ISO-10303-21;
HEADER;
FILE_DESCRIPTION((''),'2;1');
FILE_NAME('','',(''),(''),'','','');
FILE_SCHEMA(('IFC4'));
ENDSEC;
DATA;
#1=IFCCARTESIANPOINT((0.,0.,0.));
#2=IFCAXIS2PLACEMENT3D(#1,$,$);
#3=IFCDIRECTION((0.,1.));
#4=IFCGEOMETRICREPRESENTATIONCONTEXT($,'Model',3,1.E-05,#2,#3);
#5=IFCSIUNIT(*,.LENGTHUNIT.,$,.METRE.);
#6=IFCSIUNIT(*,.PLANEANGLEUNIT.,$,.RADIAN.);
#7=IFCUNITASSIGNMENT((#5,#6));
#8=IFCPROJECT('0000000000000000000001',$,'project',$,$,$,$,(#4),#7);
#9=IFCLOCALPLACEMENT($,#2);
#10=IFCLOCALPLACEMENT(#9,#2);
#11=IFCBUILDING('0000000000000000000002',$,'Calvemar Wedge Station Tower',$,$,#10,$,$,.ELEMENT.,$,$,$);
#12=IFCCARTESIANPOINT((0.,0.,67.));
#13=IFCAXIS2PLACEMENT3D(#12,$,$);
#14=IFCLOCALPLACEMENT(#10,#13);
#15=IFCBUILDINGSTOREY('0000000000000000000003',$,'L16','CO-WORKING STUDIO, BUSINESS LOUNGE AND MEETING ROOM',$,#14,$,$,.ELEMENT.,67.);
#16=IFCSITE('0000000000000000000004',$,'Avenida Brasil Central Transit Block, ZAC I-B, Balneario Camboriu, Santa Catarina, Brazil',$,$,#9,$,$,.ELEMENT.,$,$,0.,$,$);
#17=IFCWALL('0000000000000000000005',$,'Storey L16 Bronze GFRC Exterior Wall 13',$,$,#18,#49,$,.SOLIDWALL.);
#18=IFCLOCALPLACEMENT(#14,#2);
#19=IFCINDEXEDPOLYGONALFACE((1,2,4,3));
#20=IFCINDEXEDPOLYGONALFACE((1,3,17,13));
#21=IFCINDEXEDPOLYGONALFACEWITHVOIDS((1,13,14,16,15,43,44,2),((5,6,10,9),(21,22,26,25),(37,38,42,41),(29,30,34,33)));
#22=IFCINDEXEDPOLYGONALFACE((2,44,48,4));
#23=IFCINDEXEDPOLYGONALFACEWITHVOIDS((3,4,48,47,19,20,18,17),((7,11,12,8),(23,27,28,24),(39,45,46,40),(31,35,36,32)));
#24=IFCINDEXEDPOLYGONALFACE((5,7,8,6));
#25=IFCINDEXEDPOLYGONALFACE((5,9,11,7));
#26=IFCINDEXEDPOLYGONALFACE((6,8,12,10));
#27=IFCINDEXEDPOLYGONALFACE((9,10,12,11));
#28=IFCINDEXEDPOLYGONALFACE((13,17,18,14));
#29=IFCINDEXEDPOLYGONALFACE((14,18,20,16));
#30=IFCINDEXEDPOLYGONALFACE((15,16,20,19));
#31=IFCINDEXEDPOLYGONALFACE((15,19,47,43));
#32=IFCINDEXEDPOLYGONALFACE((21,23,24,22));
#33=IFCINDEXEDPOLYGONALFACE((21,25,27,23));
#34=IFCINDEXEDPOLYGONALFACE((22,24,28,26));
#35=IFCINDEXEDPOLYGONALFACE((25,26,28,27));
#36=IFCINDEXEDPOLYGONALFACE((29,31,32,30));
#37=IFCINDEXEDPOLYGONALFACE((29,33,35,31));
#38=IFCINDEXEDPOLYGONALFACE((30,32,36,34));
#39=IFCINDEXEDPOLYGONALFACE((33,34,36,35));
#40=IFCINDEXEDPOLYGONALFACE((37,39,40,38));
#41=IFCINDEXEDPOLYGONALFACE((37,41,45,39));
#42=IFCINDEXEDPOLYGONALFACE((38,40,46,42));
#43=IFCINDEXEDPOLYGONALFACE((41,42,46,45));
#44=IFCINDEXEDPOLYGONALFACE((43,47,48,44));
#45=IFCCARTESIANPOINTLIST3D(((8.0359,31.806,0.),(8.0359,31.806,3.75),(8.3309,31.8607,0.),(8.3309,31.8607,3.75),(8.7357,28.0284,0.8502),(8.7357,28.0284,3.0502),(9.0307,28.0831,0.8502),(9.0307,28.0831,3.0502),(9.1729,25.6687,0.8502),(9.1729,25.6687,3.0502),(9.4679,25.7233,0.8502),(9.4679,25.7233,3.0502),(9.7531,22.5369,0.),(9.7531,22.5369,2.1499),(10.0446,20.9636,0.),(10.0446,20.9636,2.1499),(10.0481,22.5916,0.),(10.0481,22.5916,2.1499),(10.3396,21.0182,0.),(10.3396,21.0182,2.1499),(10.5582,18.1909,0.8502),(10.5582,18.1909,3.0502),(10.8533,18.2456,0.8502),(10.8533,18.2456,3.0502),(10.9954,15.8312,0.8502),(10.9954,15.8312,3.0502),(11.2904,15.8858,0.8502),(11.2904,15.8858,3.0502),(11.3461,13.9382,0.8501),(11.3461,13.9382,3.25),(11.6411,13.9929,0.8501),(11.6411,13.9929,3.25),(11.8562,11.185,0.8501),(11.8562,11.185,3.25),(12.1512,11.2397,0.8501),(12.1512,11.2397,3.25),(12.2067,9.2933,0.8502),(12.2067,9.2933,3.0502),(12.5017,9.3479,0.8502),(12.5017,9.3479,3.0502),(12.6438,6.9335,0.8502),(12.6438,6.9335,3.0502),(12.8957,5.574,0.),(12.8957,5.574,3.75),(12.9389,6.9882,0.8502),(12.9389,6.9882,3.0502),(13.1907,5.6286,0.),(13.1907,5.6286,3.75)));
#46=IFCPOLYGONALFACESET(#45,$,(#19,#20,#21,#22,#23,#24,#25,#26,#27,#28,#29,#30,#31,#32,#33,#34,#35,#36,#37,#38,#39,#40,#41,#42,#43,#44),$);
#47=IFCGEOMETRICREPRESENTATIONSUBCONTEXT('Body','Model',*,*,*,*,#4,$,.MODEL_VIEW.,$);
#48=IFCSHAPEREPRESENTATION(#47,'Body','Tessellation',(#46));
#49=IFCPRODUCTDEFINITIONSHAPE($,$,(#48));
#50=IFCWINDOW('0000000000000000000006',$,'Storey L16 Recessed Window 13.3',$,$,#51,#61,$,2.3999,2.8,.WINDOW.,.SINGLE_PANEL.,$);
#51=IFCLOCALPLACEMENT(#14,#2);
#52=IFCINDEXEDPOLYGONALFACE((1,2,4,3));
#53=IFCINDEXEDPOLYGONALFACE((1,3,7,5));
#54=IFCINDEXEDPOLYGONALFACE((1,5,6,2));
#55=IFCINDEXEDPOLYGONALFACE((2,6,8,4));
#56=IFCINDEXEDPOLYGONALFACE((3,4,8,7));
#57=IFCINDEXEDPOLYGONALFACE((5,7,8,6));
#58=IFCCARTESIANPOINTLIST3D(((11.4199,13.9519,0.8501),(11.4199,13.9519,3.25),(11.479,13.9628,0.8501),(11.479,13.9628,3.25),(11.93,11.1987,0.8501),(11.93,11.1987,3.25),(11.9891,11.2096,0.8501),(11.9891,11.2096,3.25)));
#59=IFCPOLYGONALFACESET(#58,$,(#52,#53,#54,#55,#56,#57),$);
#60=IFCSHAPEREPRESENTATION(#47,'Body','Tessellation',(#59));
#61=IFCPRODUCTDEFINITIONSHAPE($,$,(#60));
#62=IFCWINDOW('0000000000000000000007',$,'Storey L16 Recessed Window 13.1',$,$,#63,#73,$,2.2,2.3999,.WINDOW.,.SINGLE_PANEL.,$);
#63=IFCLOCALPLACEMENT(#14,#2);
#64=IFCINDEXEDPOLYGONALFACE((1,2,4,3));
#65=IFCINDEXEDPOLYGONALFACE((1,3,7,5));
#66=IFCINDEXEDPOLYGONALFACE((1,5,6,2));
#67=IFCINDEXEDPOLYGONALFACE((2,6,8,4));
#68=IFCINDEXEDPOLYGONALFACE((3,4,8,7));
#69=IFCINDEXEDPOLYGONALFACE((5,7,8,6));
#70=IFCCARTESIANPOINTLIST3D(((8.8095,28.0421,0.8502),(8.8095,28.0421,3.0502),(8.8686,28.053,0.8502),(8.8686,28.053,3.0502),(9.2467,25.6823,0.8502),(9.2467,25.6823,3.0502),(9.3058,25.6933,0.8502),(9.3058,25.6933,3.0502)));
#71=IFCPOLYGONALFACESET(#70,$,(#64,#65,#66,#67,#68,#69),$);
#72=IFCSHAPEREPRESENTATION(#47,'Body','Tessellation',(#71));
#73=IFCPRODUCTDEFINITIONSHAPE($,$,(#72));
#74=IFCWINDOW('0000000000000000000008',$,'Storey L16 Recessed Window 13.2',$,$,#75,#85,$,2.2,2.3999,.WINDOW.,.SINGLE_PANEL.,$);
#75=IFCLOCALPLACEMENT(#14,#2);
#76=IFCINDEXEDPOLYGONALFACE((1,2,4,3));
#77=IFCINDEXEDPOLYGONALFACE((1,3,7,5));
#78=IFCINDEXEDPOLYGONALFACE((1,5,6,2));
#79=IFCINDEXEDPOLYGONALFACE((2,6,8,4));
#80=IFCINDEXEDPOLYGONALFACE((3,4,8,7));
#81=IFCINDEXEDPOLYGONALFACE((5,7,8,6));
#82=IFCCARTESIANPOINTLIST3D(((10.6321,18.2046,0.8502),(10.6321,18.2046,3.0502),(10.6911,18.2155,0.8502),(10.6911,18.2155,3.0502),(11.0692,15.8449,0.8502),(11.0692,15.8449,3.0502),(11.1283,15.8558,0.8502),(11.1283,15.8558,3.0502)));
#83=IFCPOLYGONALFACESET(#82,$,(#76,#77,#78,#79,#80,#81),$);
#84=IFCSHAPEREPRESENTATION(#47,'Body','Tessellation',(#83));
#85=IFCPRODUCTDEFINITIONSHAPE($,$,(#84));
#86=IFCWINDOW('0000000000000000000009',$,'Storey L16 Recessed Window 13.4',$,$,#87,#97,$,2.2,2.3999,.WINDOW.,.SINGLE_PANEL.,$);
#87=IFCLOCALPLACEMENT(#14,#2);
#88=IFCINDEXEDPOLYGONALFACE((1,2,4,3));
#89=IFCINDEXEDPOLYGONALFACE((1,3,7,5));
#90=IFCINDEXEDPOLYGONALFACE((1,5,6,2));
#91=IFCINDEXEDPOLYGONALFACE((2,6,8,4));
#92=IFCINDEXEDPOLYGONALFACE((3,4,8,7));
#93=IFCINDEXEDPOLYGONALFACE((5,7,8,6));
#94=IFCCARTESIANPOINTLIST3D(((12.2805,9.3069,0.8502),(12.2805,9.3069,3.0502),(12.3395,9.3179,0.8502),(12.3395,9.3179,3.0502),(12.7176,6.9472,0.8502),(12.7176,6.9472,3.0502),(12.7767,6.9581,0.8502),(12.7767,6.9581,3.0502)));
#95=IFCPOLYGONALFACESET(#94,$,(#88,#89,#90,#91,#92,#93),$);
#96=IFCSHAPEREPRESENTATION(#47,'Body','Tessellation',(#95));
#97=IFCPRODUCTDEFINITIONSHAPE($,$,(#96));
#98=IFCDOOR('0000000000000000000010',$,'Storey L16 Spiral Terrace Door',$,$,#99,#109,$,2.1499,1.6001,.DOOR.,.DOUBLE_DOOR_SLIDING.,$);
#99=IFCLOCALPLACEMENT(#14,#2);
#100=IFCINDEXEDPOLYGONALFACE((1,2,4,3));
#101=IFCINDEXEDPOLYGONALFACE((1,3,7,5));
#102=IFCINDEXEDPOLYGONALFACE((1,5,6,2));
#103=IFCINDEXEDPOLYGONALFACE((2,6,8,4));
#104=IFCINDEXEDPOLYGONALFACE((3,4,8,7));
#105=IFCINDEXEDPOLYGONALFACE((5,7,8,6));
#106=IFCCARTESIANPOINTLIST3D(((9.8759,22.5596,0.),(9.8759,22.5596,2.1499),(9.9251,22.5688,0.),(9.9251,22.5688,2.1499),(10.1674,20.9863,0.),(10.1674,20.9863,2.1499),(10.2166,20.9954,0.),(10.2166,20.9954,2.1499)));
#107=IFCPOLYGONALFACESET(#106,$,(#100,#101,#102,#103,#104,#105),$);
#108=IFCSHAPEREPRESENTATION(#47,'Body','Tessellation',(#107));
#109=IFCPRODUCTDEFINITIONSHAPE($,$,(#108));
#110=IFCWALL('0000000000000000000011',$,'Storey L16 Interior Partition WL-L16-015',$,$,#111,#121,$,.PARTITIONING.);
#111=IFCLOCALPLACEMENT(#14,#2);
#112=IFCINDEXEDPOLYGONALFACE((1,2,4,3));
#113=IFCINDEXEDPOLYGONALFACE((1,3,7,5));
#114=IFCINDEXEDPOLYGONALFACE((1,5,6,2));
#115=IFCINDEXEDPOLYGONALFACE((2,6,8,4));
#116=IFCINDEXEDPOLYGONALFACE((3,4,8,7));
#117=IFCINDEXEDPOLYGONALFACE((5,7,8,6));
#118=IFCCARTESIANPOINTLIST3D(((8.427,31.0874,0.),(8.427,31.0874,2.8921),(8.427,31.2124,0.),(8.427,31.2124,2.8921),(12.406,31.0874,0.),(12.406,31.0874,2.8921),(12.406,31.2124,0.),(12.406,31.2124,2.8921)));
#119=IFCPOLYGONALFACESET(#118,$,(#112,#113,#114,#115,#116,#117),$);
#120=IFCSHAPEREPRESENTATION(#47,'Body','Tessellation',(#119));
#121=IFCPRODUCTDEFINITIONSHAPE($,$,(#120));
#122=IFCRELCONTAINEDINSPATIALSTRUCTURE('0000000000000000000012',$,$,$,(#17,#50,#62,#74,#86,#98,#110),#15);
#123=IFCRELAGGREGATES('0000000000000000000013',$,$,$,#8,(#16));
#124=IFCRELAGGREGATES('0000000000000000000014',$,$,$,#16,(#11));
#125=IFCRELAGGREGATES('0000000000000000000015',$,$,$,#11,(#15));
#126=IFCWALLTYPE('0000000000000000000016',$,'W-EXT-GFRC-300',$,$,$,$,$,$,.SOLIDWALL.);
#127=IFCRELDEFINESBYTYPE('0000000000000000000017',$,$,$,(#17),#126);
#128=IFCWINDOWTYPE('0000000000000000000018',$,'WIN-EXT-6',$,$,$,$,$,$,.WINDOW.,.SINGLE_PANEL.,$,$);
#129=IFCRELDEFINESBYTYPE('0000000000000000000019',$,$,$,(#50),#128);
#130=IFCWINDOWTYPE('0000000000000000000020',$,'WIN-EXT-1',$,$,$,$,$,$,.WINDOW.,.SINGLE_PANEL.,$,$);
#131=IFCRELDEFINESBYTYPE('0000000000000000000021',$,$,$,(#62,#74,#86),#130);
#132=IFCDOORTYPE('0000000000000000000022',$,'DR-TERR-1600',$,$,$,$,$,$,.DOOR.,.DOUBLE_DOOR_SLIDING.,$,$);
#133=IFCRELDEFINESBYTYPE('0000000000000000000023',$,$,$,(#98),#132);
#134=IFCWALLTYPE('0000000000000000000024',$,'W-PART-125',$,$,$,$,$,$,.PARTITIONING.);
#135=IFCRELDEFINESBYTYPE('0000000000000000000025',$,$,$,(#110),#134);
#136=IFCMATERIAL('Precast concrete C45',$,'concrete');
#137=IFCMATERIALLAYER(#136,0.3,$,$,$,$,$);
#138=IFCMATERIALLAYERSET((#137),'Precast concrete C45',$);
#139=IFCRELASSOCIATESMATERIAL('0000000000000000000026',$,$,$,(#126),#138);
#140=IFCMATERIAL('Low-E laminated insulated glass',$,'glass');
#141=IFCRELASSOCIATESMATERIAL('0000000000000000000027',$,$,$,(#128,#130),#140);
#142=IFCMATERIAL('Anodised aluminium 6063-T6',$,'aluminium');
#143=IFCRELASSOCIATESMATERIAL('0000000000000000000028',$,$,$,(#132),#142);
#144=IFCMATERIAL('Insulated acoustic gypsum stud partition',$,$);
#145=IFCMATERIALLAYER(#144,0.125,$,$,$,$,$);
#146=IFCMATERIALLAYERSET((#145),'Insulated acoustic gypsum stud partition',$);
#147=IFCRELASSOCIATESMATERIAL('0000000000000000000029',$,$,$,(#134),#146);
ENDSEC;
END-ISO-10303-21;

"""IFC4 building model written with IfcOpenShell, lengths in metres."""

from ifc_helpers import new_model, si_unit, direction, frame, frame_2d, origin, place, context, subcontext, project, spatial, rectangle, extrude, source, transform, mapped, material, layer, layer_set, type_object, element, fill, save


model = new_model("IFC4")

# Units and contexts
model_context = context("Model", 3, precision=1e-05, world=origin(), true_north=direction((0.0, 1.0)))
body_context = subcontext(model_context, "Body", "Model", "MODEL_VIEW")
ifc_project = project(units=[si_unit("LENGTHUNIT", "METRE"), si_unit("PLANEANGLEUNIT", "RADIAN")], contexts=[model_context])

# Site, building, storey
site_placement = place(None, origin())
site = spatial("IfcSite", under=ifc_project, at=site_placement, Name="Avenida Brasil Central Transit Block, ZAC I-B, Balneario Camboriu, Santa Catarina, Brazil", CompositionType="ELEMENT", RefElevation=0.0)
building_placement = place(site_placement, origin())
building = spatial("IfcBuilding", under=site, at=building_placement, Name="Calvemar Wedge Station Tower", CompositionType="ELEMENT")
storey_placement = place(building_placement, frame((0.0, 0.0, 67.0)))
storey = spatial("IfcBuildingStorey", under=building, at=storey_placement, Name="L16", Description="CO-WORKING STUDIO, BUSINESS LOUNGE AND MEETING ROOM", CompositionType="ELEMENT", Elevation=67.0)

# Shared definitions
ifc_material_1 = material(Name="Precast concrete C45", Category="concrete")

# Wall, openings, windows, door
ifc_layer_1 = layer(ifc_material_1, 0.3)
ifc_layer_set_1 = layer_set([ifc_layer_1], Name="Precast concrete C45")
wall_type_1 = type_object("IfcWallType", Name="W-EXT-GFRC-300", PredefinedType="SOLIDWALL", material=ifc_layer_set_1)
wall_1_placement = place(storey_placement, frame((8.1833, 31.8335, 0.0), z_axis=(0.0, 0.0, 1.0), x_axis=(0.182164, -0.983268, 0.0)))
wall_1 = element("IfcWall", 1, at=wall_1_placement, inside=storey, type_object=wall_type_1, Name="Storey L16 Bronze GFRC Exterior Wall 13", PredefinedType="SOLIDWALL", context=body_context, shape_type="SweptSolid", body=[
    extrude(rectangle(XDim=26.6785, YDim=0.3, at=frame_2d((13.3394, 0.0))), origin(), (0.0, 0.0, 1.0), 3.75),
])
shared_shape_1 = source(origin(), body_context, "Body", "SweptSolid", [
    extrude(rectangle(XDim=1.6001, YDim=2.1499, at=frame_2d((0.8, 1.075))), frame((0.0, 0.1602, 0.0), z_axis=(0.0, -1.0, 0.0), x_axis=(1.0, 0.0, 0.0)), (0.0, 0.0, 1.0), 0.3201),
])
opening_1_placement = place(wall_1_placement, frame((9.427, 0.0, 0.0)))
opening_1 = element("IfcOpeningElement", 2, at=opening_1_placement, cuts=wall_1, PredefinedType="OPENING", context=body_context, shape_type="MappedRepresentation", body=[
    mapped(shared_shape_1, transform((0.0, 0.0, 0.0), scale=1.0)),
])
shared_shape_2 = source(origin(), body_context, "Body", "SweptSolid", [
    extrude(rectangle(XDim=2.3999, YDim=2.2, at=frame_2d((1.2, 1.1001))), frame((0.0, 0.1602, 0.0), z_axis=(0.0, -1.0, 0.0), x_axis=(1.0, 0.0, 0.0)), (0.0, 0.0, 1.0), 0.3201),
])
opening_2_placement = place(wall_1_placement, frame((3.842, 0.0, 0.8501)))
opening_2 = element("IfcOpeningElement", 3, at=opening_2_placement, cuts=wall_1, PredefinedType="OPENING", context=body_context, shape_type="MappedRepresentation", body=[
    mapped(shared_shape_2, transform((0.0, 0.0, 0.0), scale=1.0)),
])
opening_3_placement = place(wall_1_placement, frame((13.8469, 0.0, 0.8501)))
opening_3 = element("IfcOpeningElement", 4, at=opening_3_placement, cuts=wall_1, PredefinedType="OPENING", context=body_context, shape_type="MappedRepresentation", body=[
    mapped(shared_shape_2, transform((0.0, 0.0, 0.0), scale=1.0)),
])
shared_shape_3 = source(origin(), body_context, "Body", "SweptSolid", [
    extrude(rectangle(XDim=2.8, YDim=2.3999, at=frame_2d((1.3999, 1.2))), frame((0.0, 0.1602, 0.0), z_axis=(0.0, -1.0, 0.0), x_axis=(1.0, 0.0, 0.0)), (0.0, 0.0, 1.0), 0.3201),
])
opening_4_placement = place(wall_1_placement, frame((18.1721, 0.0, 0.8501)))
opening_4 = element("IfcOpeningElement", 5, at=opening_4_placement, cuts=wall_1, PredefinedType="OPENING", context=body_context, shape_type="MappedRepresentation", body=[
    mapped(shared_shape_3, transform((0.0, 0.0, 0.0), scale=1.0)),
])
opening_5_placement = place(wall_1_placement, frame((22.896, 0.0, 0.8501)))
opening_5 = element("IfcOpeningElement", 6, at=opening_5_placement, cuts=wall_1, PredefinedType="OPENING", context=body_context, shape_type="MappedRepresentation", body=[
    mapped(shared_shape_2, transform((0.0, 0.0, 0.0), scale=1.0)),
])
ifc_material_2 = material(Name="Low-E laminated insulated glass", Category="glass")
window_type_1 = type_object("IfcWindowType", Name="WIN-EXT-6", PartitioningType="SINGLE_PANEL", PredefinedType="WINDOW", material=ifc_material_2)
shared_shape_4 = source(origin(), body_context, "Body", "SweptSolid", [
    extrude(rectangle(XDim=2.8, YDim=2.3999, at=frame_2d((1.3999, 1.2))), frame((0.0, -0.0149, 0.0), z_axis=(0.0, -1.0, 0.0), x_axis=(1.0, 0.0, 0.0)), (0.0, 0.0, 1.0), 0.0601),
])
window_1_placement = place(opening_4_placement, origin())
window_1 = element("IfcWindow", 7, at=window_1_placement, inside=storey, type_object=window_type_1, Name="Storey L16 Recessed Window 13.3", OverallHeight=2.3999, OverallWidth=2.8, PartitioningType="SINGLE_PANEL", PredefinedType="WINDOW", context=body_context, shape_type="MappedRepresentation", body=[
    mapped(shared_shape_4, transform((0.0, 0.0, 0.0), scale=1.0)),
])
fill(opening_4, window_1)
window_type_2 = type_object("IfcWindowType", Name="WIN-EXT-1", PartitioningType="SINGLE_PANEL", PredefinedType="WINDOW", material=ifc_material_2)
shared_shape_5 = source(origin(), body_context, "Body", "SweptSolid", [
    extrude(rectangle(XDim=2.3999, YDim=2.2, at=frame_2d((1.2, 1.1001))), frame((0.0, -0.0149, 0.0), z_axis=(0.0, -1.0, 0.0), x_axis=(1.0, 0.0, 0.0)), (0.0, 0.0, 1.0), 0.0601),
])
window_2_placement = place(opening_2_placement, origin())
window_2 = element("IfcWindow", 8, at=window_2_placement, inside=storey, type_object=window_type_2, Name="Storey L16 Recessed Window 13.1", OverallHeight=2.2, OverallWidth=2.3999, PartitioningType="SINGLE_PANEL", PredefinedType="WINDOW", context=body_context, shape_type="MappedRepresentation", body=[
    mapped(shared_shape_5, transform((0.0, 0.0, 0.0), scale=1.0)),
])
fill(opening_2, window_2)
window_3_placement = place(opening_3_placement, origin())
window_3 = element("IfcWindow", 9, at=window_3_placement, inside=storey, type_object=window_type_2, Name="Storey L16 Recessed Window 13.2", OverallHeight=2.2, OverallWidth=2.3999, PartitioningType="SINGLE_PANEL", PredefinedType="WINDOW", context=body_context, shape_type="MappedRepresentation", body=[
    mapped(shared_shape_5, transform((0.0, 0.0, 0.0), scale=1.0)),
])
fill(opening_3, window_3)
window_4_placement = place(opening_5_placement, origin())
window_4 = element("IfcWindow", 10, at=window_4_placement, inside=storey, type_object=window_type_2, Name="Storey L16 Recessed Window 13.4", OverallHeight=2.2, OverallWidth=2.3999, PartitioningType="SINGLE_PANEL", PredefinedType="WINDOW", context=body_context, shape_type="MappedRepresentation", body=[
    mapped(shared_shape_5, transform((0.0, 0.0, 0.0), scale=1.0)),
])
fill(opening_5, window_4)
ifc_material_3 = material(Name="Anodised aluminium 6063-T6", Category="aluminium")
door_type = type_object("IfcDoorType", Name="DR-TERR-1600", OperationType="DOUBLE_DOOR_SLIDING", PredefinedType="DOOR", material=ifc_material_3)
shared_shape_6 = source(origin(), body_context, "Body", "SweptSolid", [
    extrude(rectangle(XDim=1.6001, YDim=2.1499, at=frame_2d((0.8, 1.075))), frame((0.0, 0.0249, 0.0), z_axis=(0.0, -1.0, 0.0), x_axis=(1.0, 0.0, 0.0)), (0.0, 0.0, 1.0), 0.05),
])
door_placement = place(opening_1_placement, origin())
door = element("IfcDoor", 11, at=door_placement, inside=storey, type_object=door_type, Name="Storey L16 Spiral Terrace Door", OperationType="DOUBLE_DOOR_SLIDING", OverallHeight=2.1499, OverallWidth=1.6001, PredefinedType="DOOR", context=body_context, shape_type="MappedRepresentation", body=[
    mapped(shared_shape_6, transform((0.0, 0.0, 0.0), scale=1.0)),
])
fill(opening_1, door)

# Wall
ifc_material_4 = material(Name="Insulated acoustic gypsum stud partition")
ifc_layer_2 = layer(ifc_material_4, 0.125)
ifc_layer_set_2 = layer_set([ifc_layer_2], Name="Insulated acoustic gypsum stud partition")
wall_type_2 = type_object("IfcWallType", Name="W-PART-125", PredefinedType="PARTITIONING", material=ifc_layer_set_2)
wall_2_placement = place(storey_placement, frame((12.406, 31.1499, 0.0), z_axis=(0.0, 0.0, 1.0), x_axis=(-1.0, 0.0, 0.0)))
element("IfcWall", 12, at=wall_2_placement, inside=storey, type_object=wall_type_2, Name="Storey L16 Interior Partition WL-L16-015", PredefinedType="PARTITIONING", context=body_context, shape_type="SweptSolid", body=[
    extrude(rectangle(XDim=3.979, YDim=0.125, at=frame_2d((1.9895, 0.0))), origin(), (0.0, 0.0, 1.0), 2.8921),
])

save(model, "model.ifc")
